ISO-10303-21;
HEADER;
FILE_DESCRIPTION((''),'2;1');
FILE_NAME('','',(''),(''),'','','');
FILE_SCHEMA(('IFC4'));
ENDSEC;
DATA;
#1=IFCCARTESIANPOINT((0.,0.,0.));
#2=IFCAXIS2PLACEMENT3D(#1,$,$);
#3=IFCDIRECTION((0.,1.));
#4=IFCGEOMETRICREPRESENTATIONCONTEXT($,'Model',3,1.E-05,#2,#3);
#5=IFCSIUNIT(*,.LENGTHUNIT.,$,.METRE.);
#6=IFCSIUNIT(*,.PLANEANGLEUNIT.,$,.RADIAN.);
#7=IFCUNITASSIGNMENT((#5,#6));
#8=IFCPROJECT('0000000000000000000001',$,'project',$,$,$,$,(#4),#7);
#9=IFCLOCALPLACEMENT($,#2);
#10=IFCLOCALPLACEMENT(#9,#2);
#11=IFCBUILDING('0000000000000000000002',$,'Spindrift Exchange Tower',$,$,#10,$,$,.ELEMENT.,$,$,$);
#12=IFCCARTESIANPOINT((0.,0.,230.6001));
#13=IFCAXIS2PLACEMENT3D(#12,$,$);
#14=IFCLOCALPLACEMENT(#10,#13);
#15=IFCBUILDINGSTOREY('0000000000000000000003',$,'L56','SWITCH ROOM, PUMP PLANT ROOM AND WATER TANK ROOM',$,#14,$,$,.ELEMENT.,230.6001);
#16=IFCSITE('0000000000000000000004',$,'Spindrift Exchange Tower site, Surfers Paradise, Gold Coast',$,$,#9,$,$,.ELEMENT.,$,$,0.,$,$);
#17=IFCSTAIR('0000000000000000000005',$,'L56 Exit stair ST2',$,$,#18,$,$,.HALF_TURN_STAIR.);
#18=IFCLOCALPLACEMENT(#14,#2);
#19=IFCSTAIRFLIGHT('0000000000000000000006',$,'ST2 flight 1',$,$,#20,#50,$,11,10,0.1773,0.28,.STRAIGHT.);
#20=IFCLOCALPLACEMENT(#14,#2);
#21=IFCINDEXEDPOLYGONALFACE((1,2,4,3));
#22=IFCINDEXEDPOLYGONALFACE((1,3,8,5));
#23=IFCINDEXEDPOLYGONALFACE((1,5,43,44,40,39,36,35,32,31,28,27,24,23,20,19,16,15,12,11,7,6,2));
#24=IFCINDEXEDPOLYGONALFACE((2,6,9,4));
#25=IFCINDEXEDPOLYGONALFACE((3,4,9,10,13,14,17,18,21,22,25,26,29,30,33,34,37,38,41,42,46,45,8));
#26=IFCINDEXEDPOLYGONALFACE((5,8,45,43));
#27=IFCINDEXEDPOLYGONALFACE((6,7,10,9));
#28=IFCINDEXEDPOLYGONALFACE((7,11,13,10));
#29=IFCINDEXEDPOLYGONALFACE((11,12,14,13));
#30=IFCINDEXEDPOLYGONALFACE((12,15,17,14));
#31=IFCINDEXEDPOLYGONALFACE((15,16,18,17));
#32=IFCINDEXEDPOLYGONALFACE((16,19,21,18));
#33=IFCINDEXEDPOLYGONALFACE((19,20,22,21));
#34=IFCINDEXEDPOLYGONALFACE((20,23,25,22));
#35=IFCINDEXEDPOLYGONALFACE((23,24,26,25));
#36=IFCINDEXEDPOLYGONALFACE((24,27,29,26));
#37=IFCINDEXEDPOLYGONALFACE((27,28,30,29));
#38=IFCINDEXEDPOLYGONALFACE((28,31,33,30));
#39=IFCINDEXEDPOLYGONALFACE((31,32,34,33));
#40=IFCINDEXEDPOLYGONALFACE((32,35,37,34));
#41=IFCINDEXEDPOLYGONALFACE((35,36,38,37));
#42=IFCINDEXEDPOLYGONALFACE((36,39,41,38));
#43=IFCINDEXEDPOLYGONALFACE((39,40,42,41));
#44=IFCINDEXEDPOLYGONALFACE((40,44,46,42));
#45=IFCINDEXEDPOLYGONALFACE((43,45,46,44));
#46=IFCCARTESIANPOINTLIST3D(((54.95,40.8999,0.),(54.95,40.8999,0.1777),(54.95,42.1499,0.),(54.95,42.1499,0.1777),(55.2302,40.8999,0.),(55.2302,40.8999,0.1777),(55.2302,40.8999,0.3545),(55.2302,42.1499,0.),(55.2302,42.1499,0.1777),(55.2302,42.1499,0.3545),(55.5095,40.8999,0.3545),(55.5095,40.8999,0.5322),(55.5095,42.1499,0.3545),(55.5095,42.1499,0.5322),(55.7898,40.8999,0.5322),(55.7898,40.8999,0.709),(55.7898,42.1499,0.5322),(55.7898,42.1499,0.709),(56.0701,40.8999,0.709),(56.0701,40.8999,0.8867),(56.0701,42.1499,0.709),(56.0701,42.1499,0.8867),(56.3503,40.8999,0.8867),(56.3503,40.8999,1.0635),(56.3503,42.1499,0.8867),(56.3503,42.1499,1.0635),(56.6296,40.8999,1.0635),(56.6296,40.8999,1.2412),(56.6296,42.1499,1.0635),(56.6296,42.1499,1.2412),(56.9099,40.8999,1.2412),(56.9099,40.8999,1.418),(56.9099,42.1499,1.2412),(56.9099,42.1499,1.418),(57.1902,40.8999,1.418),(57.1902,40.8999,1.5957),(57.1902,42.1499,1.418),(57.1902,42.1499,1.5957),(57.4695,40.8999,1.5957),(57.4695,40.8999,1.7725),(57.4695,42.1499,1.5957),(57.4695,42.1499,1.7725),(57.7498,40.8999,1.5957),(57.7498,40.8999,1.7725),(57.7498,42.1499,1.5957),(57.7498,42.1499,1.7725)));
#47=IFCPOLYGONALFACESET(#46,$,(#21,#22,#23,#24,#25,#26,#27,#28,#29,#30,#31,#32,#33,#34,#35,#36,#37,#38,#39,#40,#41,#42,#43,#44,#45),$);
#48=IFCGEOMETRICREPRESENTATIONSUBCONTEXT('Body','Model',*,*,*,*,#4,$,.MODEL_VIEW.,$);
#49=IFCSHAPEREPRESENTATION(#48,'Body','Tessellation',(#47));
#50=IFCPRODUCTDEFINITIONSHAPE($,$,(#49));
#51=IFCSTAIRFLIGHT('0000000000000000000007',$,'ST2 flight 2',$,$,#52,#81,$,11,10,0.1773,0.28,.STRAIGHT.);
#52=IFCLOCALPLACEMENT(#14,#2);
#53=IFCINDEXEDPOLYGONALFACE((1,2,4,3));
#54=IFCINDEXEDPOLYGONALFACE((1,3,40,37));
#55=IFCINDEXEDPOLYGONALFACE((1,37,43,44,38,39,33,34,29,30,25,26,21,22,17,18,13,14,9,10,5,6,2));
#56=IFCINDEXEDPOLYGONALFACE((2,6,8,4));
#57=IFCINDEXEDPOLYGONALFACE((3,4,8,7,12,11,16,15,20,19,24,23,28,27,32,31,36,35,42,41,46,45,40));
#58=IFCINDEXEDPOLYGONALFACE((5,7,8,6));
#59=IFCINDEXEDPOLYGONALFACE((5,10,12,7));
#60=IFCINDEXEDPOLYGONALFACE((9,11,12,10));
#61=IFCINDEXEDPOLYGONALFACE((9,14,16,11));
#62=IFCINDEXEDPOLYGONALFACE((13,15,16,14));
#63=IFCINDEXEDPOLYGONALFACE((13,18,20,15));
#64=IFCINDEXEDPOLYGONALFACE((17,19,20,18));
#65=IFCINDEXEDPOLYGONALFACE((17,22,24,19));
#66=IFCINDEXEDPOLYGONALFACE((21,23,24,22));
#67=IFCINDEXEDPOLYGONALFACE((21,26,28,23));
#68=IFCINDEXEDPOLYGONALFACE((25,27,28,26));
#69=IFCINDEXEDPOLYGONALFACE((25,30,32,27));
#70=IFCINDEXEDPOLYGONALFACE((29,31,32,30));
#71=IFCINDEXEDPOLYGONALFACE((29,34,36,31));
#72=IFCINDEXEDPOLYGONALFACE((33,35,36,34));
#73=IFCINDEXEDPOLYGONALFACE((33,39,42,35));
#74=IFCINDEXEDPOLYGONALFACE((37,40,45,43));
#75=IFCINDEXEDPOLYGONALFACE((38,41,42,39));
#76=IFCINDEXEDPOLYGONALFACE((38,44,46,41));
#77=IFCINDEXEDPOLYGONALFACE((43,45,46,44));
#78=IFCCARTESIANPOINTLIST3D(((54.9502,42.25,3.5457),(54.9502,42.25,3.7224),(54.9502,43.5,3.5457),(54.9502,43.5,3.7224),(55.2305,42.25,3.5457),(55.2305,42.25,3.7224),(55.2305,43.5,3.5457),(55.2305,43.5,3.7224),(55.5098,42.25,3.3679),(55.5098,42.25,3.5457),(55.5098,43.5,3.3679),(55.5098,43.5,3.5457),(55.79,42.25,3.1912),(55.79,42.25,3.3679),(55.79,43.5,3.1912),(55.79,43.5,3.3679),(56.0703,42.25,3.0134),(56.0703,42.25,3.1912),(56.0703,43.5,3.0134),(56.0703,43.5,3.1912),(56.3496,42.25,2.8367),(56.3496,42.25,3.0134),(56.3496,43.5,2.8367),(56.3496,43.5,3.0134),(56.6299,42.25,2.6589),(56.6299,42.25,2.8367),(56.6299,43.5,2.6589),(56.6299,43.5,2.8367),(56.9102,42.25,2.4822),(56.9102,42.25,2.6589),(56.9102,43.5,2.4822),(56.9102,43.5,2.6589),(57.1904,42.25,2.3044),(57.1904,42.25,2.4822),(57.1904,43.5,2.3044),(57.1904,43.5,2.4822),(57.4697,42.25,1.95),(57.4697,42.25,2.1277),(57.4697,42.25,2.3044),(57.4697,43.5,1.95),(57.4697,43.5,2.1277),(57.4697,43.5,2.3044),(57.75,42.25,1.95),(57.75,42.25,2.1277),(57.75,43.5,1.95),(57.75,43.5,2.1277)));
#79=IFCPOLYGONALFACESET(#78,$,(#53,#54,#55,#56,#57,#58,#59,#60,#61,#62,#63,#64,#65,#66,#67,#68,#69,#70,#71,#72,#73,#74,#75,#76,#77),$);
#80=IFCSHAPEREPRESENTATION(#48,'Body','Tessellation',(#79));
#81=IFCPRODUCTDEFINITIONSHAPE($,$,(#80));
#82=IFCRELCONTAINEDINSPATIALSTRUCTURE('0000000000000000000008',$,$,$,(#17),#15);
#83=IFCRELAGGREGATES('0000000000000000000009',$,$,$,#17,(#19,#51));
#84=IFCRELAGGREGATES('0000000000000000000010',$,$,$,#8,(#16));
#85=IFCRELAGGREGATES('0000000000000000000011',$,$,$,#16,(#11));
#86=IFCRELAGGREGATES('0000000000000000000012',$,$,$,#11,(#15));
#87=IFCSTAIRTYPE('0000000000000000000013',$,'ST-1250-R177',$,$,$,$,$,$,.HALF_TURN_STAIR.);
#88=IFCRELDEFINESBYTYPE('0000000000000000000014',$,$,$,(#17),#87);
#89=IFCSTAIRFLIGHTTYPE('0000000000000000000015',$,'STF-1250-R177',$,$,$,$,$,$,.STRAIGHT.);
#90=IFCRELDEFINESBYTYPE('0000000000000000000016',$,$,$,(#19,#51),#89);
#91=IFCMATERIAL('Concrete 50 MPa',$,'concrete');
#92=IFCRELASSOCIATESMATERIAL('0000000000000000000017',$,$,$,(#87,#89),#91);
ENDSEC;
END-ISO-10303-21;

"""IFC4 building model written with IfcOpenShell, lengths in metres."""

from ifc_helpers import new_model, si_unit, direction, frame, origin, place, context, subcontext, project, spatial, line, indexed_curve, outline, extrude, material, type_object, element, aggregate, save


model = new_model("IFC4")

# Units and contexts
model_context = context("Model", 3, precision=1e-05, world=origin(), true_north=direction((0.0, 1.0)))
body_context = subcontext(model_context, "Body", "Model", "MODEL_VIEW")
ifc_project = project(units=[si_unit("LENGTHUNIT", "METRE"), si_unit("PLANEANGLEUNIT", "RADIAN")], contexts=[model_context])

# Site, building, storey
site_placement = place(None, origin())
site = spatial("IfcSite", under=ifc_project, at=site_placement, Name="Spindrift Exchange Tower site, Surfers Paradise, Gold Coast", CompositionType="ELEMENT", RefElevation=0.0)
building_placement = place(site_placement, origin())
building = spatial("IfcBuilding", under=site, at=building_placement, Name="Spindrift Exchange Tower", CompositionType="ELEMENT")
storey_placement = place(building_placement, frame((0.0, 0.0, 230.6001)))
storey = spatial("IfcBuildingStorey", under=building, at=storey_placement, Name="L56", Description="SWITCH ROOM, PUMP PLANT ROOM AND WATER TANK ROOM", CompositionType="ELEMENT", Elevation=230.6001)

# Stair, stair flights
ifc_material_1 = material(Name="Concrete 50 MPa", Category="concrete")
stair_type = type_object("IfcStairType", Name="ST-1250-R177", PredefinedType="HALF_TURN_STAIR", material=ifc_material_1)
stair_placement = place(storey_placement, origin())
stair = element("IfcStair", 1, at=stair_placement, inside=storey, type_object=stair_type, Name="L56 Exit stair ST2", PredefinedType="HALF_TURN_STAIR")
stair_flight_type = type_object("IfcStairFlightType", Name="STF-1250-R177", PredefinedType="STRAIGHT", material=ifc_material_1)
stair_flight_1_placement = place(storey_placement, frame((54.95, 41.5249, 0.0), z_axis=(0.0, 0.0, 1.0), x_axis=(1.0, 0.0, 0.0)))
stair_flight_1 = element("IfcStairFlight", 2, at=stair_flight_1_placement, type_object=stair_flight_type, Name="ST2 flight 1", NumberOfRisers=11, NumberOfTreads=10, PredefinedType="STRAIGHT", RiserHeight=0.1773, TreadLength=0.28, context=body_context, shape_type="SweptSolid", body=[
    extrude(outline(indexed_curve([(0.0, 0.0), (0.0, 0.1777), (0.2803, 0.1777), (0.2803, 0.3545), (0.5596, 0.3545), (0.5596, 0.5322), (0.8398, 0.5322), (0.8398, 0.709), (1.1201, 0.709), (1.1201, 0.8867), (1.4004, 0.8867), (1.4004, 1.0635), (1.6797, 1.0635), (1.6797, 1.2412), (1.96, 1.2412), (1.96, 1.418), (2.2402, 1.418), (2.2402, 1.5957), (2.5195, 1.5957), (2.5195, 1.7725), (2.7998, 1.7725), (2.7998, 1.9502), (2.7998, 1.5957), (0.2803, 0.0)], segments=[line(1, 2, 3, 4, 5, 6, 7, 8, 9, 10, 11, 12, 13, 14, 15, 16, 17, 18, 19, 20, 21, 22, 23, 24, 1)], self_intersect=False)), frame((0.0, 0.625, 0.0), z_axis=(0.0, -1.0, 0.0), x_axis=(1.0, 0.0, 0.0)), (0.0, 0.0, 1.0), 1.25),
])
stair_flight_2_placement = place(storey_placement, frame((57.75, 42.875, 1.95), z_axis=(0.0, 0.0, 1.0), x_axis=(-1.0, 0.0, 0.0)))
stair_flight_2 = element("IfcStairFlight", 3, at=stair_flight_2_placement, type_object=stair_flight_type, Name="ST2 flight 2", NumberOfRisers=11, NumberOfTreads=10, PredefinedType="STRAIGHT", RiserHeight=0.1773, TreadLength=0.28, context=body_context, shape_type="SweptSolid", body=[
    extrude(outline(indexed_curve([(0.0, 0.0), (0.0, 0.1777), (0.2803, 0.1777), (0.2803, 0.3545), (0.5596, 0.3545), (0.5596, 0.5322), (0.8398, 0.5322), (0.8398, 0.709), (1.1201, 0.709), (1.1201, 0.8867), (1.4004, 0.8867), (1.4004, 1.0635), (1.6797, 1.0635), (1.6797, 1.2412), (1.96, 1.2412), (1.96, 1.418), (2.2402, 1.418), (2.2402, 1.5957), (2.5195, 1.5957), (2.5195, 1.7725), (2.7998, 1.7725), (2.7998, 1.9502), (2.7998, 1.5957), (0.2803, 0.0)], segments=[line(1, 2, 3, 4, 5, 6, 7, 8, 9, 10, 11, 12, 13, 14, 15, 16, 17, 18, 19, 20, 21, 22, 23, 24, 1)], self_intersect=False)), frame((0.0, 0.625, 0.0), z_axis=(0.0, -1.0, 0.0), x_axis=(1.0, 0.0, 0.0)), (0.0, 0.0, 1.0), 1.25),
])
aggregate(stair, [stair_flight_1, stair_flight_2])

save(model, "model.ifc")
